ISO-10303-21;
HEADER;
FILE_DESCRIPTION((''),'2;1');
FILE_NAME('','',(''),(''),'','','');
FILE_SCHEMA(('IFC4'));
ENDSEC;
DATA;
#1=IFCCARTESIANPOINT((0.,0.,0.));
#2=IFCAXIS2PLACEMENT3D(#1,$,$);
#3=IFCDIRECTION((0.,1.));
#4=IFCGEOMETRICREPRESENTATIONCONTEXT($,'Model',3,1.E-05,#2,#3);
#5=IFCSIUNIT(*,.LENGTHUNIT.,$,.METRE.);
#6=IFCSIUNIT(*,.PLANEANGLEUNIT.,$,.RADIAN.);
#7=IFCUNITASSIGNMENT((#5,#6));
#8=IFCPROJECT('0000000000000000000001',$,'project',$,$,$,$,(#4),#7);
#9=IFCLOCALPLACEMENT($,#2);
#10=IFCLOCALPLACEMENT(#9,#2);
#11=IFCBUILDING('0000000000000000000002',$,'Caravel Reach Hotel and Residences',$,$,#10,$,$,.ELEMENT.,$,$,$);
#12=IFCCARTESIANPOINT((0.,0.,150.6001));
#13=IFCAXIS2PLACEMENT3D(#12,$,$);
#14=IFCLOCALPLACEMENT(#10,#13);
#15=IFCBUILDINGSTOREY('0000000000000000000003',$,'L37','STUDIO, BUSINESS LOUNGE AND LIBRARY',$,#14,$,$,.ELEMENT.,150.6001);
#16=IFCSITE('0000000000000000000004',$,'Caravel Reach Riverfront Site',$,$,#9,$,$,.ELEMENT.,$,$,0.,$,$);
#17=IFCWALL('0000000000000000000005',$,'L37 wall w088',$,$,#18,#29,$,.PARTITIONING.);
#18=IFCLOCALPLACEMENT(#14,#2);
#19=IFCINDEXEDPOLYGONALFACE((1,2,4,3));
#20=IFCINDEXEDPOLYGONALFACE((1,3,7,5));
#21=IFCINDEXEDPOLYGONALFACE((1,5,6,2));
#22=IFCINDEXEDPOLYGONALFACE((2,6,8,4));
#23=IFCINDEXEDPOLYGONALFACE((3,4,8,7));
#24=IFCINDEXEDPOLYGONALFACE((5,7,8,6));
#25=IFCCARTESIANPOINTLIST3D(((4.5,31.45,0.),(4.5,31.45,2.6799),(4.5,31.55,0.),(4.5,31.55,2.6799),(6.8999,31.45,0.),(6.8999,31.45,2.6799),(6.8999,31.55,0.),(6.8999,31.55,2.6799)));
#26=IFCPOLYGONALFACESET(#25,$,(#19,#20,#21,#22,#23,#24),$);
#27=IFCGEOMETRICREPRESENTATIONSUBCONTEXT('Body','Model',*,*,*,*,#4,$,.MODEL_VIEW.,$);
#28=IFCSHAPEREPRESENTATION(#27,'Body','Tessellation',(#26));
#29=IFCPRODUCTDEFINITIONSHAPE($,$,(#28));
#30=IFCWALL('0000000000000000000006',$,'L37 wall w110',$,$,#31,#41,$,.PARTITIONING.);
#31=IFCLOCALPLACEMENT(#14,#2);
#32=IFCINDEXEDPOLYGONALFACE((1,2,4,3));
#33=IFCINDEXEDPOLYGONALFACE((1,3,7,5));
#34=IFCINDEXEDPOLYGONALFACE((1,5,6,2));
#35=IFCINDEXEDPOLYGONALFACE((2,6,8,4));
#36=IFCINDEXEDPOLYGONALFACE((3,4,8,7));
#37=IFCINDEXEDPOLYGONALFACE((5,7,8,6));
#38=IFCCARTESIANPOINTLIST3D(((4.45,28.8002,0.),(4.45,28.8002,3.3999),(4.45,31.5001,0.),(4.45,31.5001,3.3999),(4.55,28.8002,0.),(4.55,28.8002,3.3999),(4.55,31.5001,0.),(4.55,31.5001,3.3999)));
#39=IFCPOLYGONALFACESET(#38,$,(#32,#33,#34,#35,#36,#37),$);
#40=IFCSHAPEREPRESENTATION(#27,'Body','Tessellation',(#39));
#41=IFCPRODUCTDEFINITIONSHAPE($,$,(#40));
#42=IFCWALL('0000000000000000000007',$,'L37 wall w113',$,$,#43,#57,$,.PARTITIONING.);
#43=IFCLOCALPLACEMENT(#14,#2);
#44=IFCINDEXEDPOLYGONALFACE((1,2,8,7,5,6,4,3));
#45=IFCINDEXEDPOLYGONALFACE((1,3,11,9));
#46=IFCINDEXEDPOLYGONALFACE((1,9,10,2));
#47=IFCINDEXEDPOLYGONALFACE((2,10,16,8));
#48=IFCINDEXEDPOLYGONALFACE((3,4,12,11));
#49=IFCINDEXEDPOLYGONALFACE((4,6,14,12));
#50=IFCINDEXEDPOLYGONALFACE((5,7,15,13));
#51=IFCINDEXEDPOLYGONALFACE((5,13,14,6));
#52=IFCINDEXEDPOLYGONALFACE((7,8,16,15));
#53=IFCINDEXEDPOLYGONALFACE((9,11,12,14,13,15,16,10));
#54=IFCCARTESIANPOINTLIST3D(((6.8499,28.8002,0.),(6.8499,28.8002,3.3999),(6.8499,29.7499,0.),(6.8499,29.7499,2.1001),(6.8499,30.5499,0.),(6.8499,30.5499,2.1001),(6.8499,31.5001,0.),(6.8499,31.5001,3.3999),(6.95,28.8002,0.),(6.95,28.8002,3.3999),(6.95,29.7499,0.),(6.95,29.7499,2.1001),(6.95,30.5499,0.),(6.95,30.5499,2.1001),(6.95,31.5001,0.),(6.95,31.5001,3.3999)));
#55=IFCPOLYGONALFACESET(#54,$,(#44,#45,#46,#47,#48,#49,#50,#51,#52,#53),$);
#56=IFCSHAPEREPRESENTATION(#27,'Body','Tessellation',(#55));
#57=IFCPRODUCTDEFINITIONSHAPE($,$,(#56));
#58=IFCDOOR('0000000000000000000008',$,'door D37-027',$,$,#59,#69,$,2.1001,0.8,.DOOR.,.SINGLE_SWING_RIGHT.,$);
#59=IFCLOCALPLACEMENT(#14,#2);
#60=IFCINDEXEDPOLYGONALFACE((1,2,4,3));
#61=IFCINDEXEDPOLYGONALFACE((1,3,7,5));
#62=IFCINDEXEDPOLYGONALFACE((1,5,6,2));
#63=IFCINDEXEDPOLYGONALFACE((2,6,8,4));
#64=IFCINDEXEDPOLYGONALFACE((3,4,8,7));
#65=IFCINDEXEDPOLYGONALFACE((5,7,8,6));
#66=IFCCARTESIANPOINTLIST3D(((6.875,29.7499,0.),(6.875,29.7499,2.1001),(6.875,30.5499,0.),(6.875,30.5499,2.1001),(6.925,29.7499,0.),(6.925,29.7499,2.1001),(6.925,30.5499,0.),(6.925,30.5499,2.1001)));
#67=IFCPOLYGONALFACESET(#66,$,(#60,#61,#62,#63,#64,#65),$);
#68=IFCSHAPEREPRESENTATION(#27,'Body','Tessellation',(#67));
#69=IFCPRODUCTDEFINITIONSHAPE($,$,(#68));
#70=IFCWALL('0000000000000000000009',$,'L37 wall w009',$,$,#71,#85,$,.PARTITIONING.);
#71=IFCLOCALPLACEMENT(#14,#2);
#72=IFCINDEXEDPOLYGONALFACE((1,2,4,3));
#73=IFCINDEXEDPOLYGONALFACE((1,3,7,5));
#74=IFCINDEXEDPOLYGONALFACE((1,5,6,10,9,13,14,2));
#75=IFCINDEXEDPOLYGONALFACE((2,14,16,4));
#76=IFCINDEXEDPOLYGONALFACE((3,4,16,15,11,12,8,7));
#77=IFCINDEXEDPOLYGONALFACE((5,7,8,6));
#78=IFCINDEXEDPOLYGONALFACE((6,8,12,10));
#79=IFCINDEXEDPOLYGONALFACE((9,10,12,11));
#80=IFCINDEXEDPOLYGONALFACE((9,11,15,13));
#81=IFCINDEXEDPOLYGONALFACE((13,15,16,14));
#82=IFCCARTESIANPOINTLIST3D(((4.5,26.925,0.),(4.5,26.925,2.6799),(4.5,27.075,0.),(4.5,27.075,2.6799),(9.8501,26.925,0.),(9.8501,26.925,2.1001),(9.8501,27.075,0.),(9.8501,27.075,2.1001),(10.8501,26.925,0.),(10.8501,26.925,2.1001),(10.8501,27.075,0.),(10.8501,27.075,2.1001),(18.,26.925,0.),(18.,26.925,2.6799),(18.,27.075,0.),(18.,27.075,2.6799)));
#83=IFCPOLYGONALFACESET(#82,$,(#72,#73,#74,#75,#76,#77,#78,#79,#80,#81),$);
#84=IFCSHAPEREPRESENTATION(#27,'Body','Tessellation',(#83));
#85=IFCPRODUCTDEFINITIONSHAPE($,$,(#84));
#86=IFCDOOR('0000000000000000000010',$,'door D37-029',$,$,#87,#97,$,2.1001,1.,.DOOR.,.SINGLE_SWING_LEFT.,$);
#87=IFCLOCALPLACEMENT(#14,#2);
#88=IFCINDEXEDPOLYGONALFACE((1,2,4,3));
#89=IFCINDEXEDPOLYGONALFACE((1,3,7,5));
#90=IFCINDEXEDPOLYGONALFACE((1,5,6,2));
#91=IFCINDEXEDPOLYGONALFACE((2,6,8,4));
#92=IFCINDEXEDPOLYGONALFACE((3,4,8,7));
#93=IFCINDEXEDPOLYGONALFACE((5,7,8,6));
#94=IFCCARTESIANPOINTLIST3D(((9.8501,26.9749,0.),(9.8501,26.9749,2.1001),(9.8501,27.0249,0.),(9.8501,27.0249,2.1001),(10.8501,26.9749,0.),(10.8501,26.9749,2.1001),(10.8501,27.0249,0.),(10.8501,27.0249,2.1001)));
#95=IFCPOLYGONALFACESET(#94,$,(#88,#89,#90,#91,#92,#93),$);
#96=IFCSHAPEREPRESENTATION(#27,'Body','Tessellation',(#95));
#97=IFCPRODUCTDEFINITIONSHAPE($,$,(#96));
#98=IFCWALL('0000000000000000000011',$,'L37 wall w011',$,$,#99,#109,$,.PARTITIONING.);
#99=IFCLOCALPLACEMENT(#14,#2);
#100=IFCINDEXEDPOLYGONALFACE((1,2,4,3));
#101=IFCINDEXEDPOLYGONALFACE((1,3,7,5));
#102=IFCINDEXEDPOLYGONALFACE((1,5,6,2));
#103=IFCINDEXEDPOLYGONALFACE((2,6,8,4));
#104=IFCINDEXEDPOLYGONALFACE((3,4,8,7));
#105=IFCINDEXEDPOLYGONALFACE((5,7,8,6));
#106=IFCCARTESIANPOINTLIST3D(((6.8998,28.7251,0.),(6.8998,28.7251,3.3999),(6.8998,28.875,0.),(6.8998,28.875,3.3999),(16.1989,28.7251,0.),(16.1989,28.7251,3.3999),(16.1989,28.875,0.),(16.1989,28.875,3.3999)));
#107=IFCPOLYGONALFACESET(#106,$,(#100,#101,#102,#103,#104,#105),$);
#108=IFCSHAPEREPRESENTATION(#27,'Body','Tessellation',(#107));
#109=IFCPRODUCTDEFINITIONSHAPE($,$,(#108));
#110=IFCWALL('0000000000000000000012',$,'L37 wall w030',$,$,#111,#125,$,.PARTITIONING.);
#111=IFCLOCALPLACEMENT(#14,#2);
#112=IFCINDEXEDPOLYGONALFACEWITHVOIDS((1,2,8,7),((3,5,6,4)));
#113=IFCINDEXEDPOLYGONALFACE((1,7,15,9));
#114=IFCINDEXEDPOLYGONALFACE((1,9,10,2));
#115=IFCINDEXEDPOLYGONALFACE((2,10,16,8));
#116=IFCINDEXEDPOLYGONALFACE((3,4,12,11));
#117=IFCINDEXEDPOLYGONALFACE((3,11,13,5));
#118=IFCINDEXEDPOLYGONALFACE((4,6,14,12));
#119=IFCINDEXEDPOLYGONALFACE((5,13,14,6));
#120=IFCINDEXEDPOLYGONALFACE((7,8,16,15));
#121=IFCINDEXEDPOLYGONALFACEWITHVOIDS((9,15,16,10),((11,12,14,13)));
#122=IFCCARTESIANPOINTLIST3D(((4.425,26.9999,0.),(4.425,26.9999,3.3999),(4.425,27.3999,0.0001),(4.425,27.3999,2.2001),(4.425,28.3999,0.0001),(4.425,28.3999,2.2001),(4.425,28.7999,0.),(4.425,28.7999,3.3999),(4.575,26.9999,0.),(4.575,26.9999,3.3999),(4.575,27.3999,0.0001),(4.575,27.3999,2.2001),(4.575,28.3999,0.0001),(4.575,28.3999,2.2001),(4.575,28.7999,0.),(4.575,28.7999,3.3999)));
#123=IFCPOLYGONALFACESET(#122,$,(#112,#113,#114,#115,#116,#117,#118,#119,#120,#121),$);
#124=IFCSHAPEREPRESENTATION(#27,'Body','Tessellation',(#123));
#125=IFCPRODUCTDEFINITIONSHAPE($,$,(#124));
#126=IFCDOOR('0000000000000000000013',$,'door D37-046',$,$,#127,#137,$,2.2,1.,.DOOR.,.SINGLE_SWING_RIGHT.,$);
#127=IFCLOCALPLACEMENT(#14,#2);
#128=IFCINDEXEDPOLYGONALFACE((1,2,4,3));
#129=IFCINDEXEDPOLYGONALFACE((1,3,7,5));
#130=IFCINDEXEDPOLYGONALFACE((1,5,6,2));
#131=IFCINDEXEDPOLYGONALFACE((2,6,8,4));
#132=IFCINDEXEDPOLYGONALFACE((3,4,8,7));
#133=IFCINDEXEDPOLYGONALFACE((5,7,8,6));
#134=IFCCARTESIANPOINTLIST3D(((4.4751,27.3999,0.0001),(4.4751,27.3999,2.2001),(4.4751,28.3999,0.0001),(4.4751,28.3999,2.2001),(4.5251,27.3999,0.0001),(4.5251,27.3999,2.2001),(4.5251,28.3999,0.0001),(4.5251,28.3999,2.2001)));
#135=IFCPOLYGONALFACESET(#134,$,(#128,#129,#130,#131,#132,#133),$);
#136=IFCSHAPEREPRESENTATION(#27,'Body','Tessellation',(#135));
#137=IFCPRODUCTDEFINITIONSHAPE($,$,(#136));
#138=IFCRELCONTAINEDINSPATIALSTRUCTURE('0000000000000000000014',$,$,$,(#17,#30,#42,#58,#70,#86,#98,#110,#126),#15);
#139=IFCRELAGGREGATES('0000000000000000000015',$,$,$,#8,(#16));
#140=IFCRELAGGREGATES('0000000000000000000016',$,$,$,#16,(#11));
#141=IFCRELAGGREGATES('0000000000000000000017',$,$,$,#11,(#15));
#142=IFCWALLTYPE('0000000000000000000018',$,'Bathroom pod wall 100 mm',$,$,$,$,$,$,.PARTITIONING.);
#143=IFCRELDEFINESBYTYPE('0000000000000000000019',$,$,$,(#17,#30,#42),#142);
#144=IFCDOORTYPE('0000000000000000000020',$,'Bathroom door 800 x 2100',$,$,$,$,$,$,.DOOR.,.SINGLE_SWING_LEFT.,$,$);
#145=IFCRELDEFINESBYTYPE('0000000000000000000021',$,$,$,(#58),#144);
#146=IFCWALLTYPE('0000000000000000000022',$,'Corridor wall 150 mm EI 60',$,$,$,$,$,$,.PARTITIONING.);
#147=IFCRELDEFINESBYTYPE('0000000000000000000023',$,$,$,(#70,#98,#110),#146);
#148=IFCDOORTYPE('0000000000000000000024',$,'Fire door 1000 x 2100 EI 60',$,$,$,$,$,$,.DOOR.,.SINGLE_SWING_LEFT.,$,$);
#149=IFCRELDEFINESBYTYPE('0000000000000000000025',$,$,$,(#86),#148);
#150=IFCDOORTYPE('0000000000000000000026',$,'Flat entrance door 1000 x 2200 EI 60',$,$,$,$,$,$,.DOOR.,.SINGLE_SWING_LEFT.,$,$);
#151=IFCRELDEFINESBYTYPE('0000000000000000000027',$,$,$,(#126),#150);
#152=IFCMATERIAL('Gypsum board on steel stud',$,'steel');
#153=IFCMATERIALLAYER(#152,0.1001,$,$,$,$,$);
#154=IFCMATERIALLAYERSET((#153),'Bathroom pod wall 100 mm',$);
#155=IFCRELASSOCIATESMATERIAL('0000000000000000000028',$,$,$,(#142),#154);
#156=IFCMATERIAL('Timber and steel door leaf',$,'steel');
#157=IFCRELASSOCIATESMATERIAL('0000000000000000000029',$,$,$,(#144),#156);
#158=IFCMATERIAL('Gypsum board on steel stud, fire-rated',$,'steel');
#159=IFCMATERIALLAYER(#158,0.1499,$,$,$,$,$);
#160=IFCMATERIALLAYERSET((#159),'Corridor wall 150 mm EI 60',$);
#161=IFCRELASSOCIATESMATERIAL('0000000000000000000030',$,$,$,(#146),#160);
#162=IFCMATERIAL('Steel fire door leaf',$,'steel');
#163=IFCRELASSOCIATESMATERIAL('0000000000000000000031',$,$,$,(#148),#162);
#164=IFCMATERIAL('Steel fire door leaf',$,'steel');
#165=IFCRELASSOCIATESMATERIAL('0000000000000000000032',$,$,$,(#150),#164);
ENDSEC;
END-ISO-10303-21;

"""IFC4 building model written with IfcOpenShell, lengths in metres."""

from ifc_helpers import new_model, si_unit, direction, frame, frame_2d, origin, place, context, subcontext, project, spatial, rectangle, extrude, material, layer, layer_set, type_object, element, fill, save


model = new_model("IFC4")

# Units and contexts
model_context = context("Model", 3, precision=1e-05, world=origin(), true_north=direction((0.0, 1.0)))
body_context = subcontext(model_context, "Body", "Model", "MODEL_VIEW")
ifc_project = project(units=[si_unit("LENGTHUNIT", "METRE"), si_unit("PLANEANGLEUNIT", "RADIAN")], contexts=[model_context])

# Site, building, storey
site_placement = place(None, origin())
site = spatial("IfcSite", under=ifc_project, at=site_placement, Name="Caravel Reach Riverfront Site", CompositionType="ELEMENT", RefElevation=0.0)
building_placement = place(site_placement, origin())
building = spatial("IfcBuilding", under=site, at=building_placement, Name="Caravel Reach Hotel and Residences", CompositionType="ELEMENT")
storey_placement = place(building_placement, frame((0.0, 0.0, 150.6001)))
storey = spatial("IfcBuildingStorey", under=building, at=storey_placement, Name="L37", Description="STUDIO, BUSINESS LOUNGE AND LIBRARY", CompositionType="ELEMENT", Elevation=150.6001)

# Shared definitions
ifc_material_1 = material(Name="Gypsum board on steel stud", Category="steel")
ifc_layer_1 = layer(ifc_material_1, 0.1001)
ifc_layer_set_1 = layer_set([ifc_layer_1], Name="Bathroom pod wall 100 mm")
wall_type_1 = type_object("IfcWallType", Name="Bathroom pod wall 100 mm", PredefinedType="PARTITIONING", material=ifc_layer_set_1)
ifc_material_2 = material(Name="Timber and steel door leaf", Category="steel")
door_type_1 = type_object("IfcDoorType", Name="Bathroom door 800 x 2100", OperationType="SINGLE_SWING_LEFT", PredefinedType="DOOR", material=ifc_material_2)

# Walls
wall_1_placement = place(storey_placement, frame((4.5, 31.5, 0.0), z_axis=(0.0, 0.0, 1.0), x_axis=(1.0, 0.0, 0.0)))
element("IfcWall", 1, at=wall_1_placement, inside=storey, type_object=wall_type_1, Name="L37 wall w088", PredefinedType="PARTITIONING", context=body_context, shape_type="SweptSolid", body=[
    extrude(rectangle(XDim=2.3999, YDim=0.1001, at=frame_2d((1.2, 0.0))), origin(), (0.0, 0.0, 1.0), 2.6799),
])
wall_2_placement = place(storey_placement, frame((4.5, 28.8, 0.0), z_axis=(0.0, 0.0, 1.0), x_axis=(0.0, 1.0, 0.0)))
element("IfcWall", 2, at=wall_2_placement, inside=storey, type_object=wall_type_1, Name="L37 wall w110", PredefinedType="PARTITIONING", context=body_context, shape_type="SweptSolid", body=[
    extrude(rectangle(XDim=2.7, YDim=0.1001, at=frame_2d((1.3501, 0.0))), origin(), (0.0, 0.0, 1.0), 3.3999),
])

# Walls, openings, doors
wall_3_placement = place(storey_placement, frame((6.8999, 28.8, 0.0), z_axis=(0.0, 0.0, 1.0), x_axis=(0.0, 1.0, 0.0)))
wall_3 = element("IfcWall", 3, at=wall_3_placement, inside=storey, type_object=wall_type_1, Name="L37 wall w113", PredefinedType="PARTITIONING", context=body_context, shape_type="SweptSolid", body=[
    extrude(rectangle(XDim=2.7, YDim=0.1001, at=frame_2d((1.3501, 0.0))), origin(), (0.0, 0.0, 1.0), 3.3999),
])
opening_1_placement = place(wall_3_placement, frame((0.95, 0.0, 0.0)))
opening_1 = element("IfcOpeningElement", 4, at=opening_1_placement, cuts=wall_3, PredefinedType="OPENING", context=body_context, shape_type="SweptSolid", body=[
    extrude(rectangle(XDim=0.8, YDim=2.1001, at=frame_2d((0.3999, 1.05))), frame((0.0, 0.0601, 0.0), z_axis=(0.0, -1.0, 0.0), x_axis=(1.0, 0.0, 0.0)), (0.0, 0.0, 1.0), 0.1201),
])
door_1_placement = place(opening_1_placement, origin())
door_1 = element("IfcDoor", 5, at=door_1_placement, inside=storey, type_object=door_type_1, Name="door D37-027", OperationType="SINGLE_SWING_RIGHT", OverallHeight=2.1001, OverallWidth=0.8, PredefinedType="DOOR", context=body_context, shape_type="SweptSolid", body=[
    extrude(rectangle(XDim=0.8, YDim=2.1001, at=frame_2d((0.3999, 1.05))), frame((0.0, 0.0249, 0.0), z_axis=(0.0, -1.0, 0.0), x_axis=(1.0, 0.0, 0.0)), (0.0, 0.0, 1.0), 0.05),
])
fill(opening_1, door_1)
ifc_material_3 = material(Name="Gypsum board on steel stud, fire-rated", Category="steel")
ifc_layer_2 = layer(ifc_material_3, 0.1499)
ifc_layer_set_2 = layer_set([ifc_layer_2], Name="Corridor wall 150 mm EI 60")
wall_type_2 = type_object("IfcWallType", Name="Corridor wall 150 mm EI 60", PredefinedType="PARTITIONING", material=ifc_layer_set_2)
wall_4_placement = place(storey_placement, frame((4.5, 27.0, 0.0), z_axis=(0.0, 0.0, 1.0), x_axis=(1.0, 0.0, 0.0)))
wall_4 = element("IfcWall", 6, at=wall_4_placement, inside=storey, type_object=wall_type_2, Name="L37 wall w009", PredefinedType="PARTITIONING", context=body_context, shape_type="SweptSolid", body=[
    extrude(rectangle(XDim=13.5, YDim=0.1499, at=frame_2d((6.75, 0.0))), origin(), (0.0, 0.0, 1.0), 2.6799),
])
opening_2_placement = place(wall_4_placement, frame((5.3501, 0.0, 0.0)))
opening_2 = element("IfcOpeningElement", 7, at=opening_2_placement, cuts=wall_4, PredefinedType="OPENING", context=body_context, shape_type="SweptSolid", body=[
    extrude(rectangle(XDim=1.0, YDim=2.1001, at=frame_2d((0.5, 1.05))), frame((0.0, 0.085, 0.0), z_axis=(0.0, -1.0, 0.0), x_axis=(1.0, 0.0, 0.0)), (0.0, 0.0, 1.0), 0.1699),
])
ifc_material_4 = material(Name="Steel fire door leaf", Category="steel")
door_type_2 = type_object("IfcDoorType", Name="Fire door 1000 x 2100 EI 60", OperationType="SINGLE_SWING_LEFT", PredefinedType="DOOR", material=ifc_material_4)
door_2_placement = place(opening_2_placement, origin())
door_2 = element("IfcDoor", 8, at=door_2_placement, inside=storey, type_object=door_type_2, Name="door D37-029", OperationType="SINGLE_SWING_LEFT", OverallHeight=2.1001, OverallWidth=1.0, PredefinedType="DOOR", context=body_context, shape_type="SweptSolid", body=[
    extrude(rectangle(XDim=1.0, YDim=2.1001, at=frame_2d((0.5, 1.05))), frame((0.0, 0.0249, 0.0), z_axis=(0.0, -1.0, 0.0), x_axis=(1.0, 0.0, 0.0)), (0.0, 0.0, 1.0), 0.05),
])
fill(opening_2, door_2)

# Wall
wall_5_placement = place(storey_placement, frame((6.8999, 28.8, 0.0), z_axis=(0.0, 0.0, 1.0), x_axis=(1.0, 0.0, 0.0)))
element("IfcWall", 9, at=wall_5_placement, inside=storey, type_object=wall_type_2, Name="L37 wall w011", PredefinedType="PARTITIONING", context=body_context, shape_type="SweptSolid", body=[
    extrude(rectangle(XDim=9.2991, YDim=0.1499, at=frame_2d((4.6494, 0.0))), origin(), (0.0, 0.0, 1.0), 3.3999),
])

# Wall, opening, door
wall_6_placement = place(storey_placement, frame((4.5, 27.0, 0.0), z_axis=(0.0, 0.0, 1.0), x_axis=(0.0, 1.0, 0.0)))
wall_6 = element("IfcWall", 10, at=wall_6_placement, inside=storey, type_object=wall_type_2, Name="L37 wall w030", PredefinedType="PARTITIONING", context=body_context, shape_type="SweptSolid", body=[
    extrude(rectangle(XDim=1.8, YDim=0.1499, at=frame_2d((0.8999, 0.0))), origin(), (0.0, 0.0, 1.0), 3.3999),
])
opening_3_placement = place(wall_6_placement, frame((0.3999, 0.0, 0.0)))
opening_3 = element("IfcOpeningElement", 11, at=opening_3_placement, cuts=wall_6, PredefinedType="OPENING", context=body_context, shape_type="SweptSolid", body=[
    extrude(rectangle(XDim=1.0, YDim=2.2, at=frame_2d((0.5, 1.1001))), frame((0.0, 0.085, 0.0), z_axis=(0.0, -1.0, 0.0), x_axis=(1.0, 0.0, 0.0)), (0.0, 0.0, 1.0), 0.1699),
])
ifc_material_5 = material(Name="Steel fire door leaf", Category="steel")
door_type_3 = type_object("IfcDoorType", Name="Flat entrance door 1000 x 2200 EI 60", OperationType="SINGLE_SWING_LEFT", PredefinedType="DOOR", material=ifc_material_5)
door_3_placement = place(opening_3_placement, origin())
door_3 = element("IfcDoor", 12, at=door_3_placement, inside=storey, type_object=door_type_3, Name="door D37-046", OperationType="SINGLE_SWING_RIGHT", OverallHeight=2.2, OverallWidth=1.0, PredefinedType="DOOR", context=body_context, shape_type="SweptSolid", body=[
    extrude(rectangle(XDim=1.0, YDim=2.2, at=frame_2d((0.5, 1.1001))), frame((0.0, 0.0249, 0.0), z_axis=(0.0, -1.0, 0.0), x_axis=(1.0, 0.0, 0.0)), (0.0, 0.0, 1.0), 0.05),
])
fill(opening_3, door_3)

save(model, "model.ifc")
